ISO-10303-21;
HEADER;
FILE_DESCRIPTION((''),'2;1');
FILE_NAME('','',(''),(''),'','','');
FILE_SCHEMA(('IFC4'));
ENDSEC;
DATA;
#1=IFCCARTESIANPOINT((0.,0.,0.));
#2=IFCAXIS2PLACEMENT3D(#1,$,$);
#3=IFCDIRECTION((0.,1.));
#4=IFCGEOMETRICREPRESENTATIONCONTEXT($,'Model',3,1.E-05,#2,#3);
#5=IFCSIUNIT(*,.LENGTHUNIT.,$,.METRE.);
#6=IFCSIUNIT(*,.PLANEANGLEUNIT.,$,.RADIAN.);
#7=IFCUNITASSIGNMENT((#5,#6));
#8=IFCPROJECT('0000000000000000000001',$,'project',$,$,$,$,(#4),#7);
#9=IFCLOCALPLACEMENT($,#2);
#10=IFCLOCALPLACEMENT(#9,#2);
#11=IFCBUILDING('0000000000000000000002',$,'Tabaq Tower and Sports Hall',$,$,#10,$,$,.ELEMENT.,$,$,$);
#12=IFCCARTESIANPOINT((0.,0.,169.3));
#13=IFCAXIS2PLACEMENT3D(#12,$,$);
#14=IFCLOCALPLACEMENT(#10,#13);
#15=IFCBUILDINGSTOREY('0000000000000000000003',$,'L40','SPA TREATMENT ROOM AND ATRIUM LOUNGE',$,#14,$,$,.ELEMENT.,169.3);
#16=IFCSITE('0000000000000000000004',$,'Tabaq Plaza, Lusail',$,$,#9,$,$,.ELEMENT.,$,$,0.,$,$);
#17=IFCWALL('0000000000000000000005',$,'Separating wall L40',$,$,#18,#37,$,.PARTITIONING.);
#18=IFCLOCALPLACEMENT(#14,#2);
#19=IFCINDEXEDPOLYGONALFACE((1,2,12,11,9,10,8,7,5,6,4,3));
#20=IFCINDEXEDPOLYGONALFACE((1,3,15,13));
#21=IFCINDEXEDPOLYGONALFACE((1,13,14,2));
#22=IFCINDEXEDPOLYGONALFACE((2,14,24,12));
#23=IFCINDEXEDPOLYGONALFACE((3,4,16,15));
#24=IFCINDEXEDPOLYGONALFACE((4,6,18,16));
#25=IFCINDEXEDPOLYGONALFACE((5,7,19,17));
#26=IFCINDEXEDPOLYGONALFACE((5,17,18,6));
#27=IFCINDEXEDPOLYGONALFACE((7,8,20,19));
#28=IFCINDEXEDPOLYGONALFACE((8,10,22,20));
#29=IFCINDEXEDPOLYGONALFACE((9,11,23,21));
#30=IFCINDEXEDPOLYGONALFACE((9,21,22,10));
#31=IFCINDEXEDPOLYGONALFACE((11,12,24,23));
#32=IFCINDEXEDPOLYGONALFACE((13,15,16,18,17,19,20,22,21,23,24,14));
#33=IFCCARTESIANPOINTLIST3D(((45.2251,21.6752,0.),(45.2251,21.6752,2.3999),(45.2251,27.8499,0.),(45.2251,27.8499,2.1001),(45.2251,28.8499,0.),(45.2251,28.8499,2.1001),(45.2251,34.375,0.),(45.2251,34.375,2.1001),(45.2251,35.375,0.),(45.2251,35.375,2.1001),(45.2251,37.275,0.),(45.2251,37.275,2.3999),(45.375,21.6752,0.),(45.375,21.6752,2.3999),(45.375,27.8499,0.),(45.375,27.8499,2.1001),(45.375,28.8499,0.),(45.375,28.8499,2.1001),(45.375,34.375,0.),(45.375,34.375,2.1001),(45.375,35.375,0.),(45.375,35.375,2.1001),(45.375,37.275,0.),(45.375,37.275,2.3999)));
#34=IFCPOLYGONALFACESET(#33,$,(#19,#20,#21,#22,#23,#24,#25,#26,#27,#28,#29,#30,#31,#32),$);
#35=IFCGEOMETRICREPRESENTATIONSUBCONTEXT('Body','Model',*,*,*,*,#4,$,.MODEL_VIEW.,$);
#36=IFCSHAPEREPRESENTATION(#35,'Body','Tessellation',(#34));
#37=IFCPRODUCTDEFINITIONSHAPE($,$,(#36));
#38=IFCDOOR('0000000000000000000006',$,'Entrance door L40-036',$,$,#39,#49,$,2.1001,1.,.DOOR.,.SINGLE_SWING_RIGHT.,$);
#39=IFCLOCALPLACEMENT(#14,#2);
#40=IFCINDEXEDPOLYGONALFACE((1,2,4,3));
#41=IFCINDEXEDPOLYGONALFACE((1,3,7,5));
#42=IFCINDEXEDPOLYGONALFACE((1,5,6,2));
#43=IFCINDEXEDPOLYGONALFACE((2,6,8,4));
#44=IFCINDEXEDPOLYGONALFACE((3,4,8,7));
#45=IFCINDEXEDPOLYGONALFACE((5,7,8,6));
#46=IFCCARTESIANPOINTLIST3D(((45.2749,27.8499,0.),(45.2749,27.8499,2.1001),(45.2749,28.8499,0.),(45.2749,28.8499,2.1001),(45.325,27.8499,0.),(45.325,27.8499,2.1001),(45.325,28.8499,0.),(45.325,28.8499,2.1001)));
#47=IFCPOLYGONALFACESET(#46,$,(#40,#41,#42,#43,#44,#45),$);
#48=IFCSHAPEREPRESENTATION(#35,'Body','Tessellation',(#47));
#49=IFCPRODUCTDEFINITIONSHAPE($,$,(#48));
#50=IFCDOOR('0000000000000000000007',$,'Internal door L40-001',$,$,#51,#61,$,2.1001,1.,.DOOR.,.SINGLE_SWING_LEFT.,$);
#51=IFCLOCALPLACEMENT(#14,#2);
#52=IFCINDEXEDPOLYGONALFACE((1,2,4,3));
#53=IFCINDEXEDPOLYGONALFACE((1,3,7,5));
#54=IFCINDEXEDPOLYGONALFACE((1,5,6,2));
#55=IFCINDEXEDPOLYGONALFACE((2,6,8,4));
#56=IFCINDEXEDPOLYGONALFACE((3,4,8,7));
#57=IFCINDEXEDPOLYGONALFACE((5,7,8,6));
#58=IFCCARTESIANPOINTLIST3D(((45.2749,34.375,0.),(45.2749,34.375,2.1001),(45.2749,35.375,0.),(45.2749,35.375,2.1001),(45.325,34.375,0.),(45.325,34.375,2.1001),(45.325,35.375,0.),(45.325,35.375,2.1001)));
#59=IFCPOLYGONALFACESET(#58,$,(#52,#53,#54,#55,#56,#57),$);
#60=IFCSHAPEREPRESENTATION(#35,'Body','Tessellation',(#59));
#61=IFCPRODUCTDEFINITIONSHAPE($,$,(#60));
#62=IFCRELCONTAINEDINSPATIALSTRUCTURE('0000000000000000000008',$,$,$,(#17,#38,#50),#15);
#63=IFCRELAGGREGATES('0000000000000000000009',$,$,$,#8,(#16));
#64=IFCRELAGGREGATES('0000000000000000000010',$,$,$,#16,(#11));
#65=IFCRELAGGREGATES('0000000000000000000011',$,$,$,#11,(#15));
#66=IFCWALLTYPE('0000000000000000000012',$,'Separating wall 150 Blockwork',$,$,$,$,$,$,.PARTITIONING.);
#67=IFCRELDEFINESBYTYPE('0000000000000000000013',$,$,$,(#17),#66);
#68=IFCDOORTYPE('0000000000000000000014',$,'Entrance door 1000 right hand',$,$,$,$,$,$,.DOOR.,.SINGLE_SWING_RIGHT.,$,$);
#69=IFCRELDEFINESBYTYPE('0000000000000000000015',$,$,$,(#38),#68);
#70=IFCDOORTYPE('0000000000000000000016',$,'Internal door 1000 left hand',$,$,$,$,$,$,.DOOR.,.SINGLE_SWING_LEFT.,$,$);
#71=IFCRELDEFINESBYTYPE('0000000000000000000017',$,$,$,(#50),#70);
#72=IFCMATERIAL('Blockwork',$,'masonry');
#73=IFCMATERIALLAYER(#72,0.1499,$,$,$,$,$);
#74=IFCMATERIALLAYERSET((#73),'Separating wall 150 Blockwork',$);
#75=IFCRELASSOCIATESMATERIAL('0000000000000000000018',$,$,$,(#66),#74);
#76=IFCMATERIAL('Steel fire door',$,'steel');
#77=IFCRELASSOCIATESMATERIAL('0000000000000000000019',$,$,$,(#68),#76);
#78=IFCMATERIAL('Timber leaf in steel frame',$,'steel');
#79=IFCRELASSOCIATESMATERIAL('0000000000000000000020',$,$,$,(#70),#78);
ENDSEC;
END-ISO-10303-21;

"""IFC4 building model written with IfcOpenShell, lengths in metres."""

from ifc_helpers import new_model, si_unit, direction, frame, frame_2d, origin, place, context, subcontext, project, spatial, rectangle, extrude, material, layer, layer_set, type_object, element, fill, save


model = new_model("IFC4")

# Units and contexts
model_context = context("Model", 3, precision=1e-05, world=origin(), true_north=direction((0.0, 1.0)))
body_context = subcontext(model_context, "Body", "Model", "MODEL_VIEW")
ifc_project = project(units=[si_unit("LENGTHUNIT", "METRE"), si_unit("PLANEANGLEUNIT", "RADIAN")], contexts=[model_context])

# Site, building, storey
site_placement = place(None, origin())
site = spatial("IfcSite", under=ifc_project, at=site_placement, Name="Tabaq Plaza, Lusail", CompositionType="ELEMENT", RefElevation=0.0)
building_placement = place(site_placement, origin())
building = spatial("IfcBuilding", under=site, at=building_placement, Name="Tabaq Tower and Sports Hall", CompositionType="ELEMENT")
storey_placement = place(building_placement, frame((0.0, 0.0, 169.3)))
storey = spatial("IfcBuildingStorey", under=building, at=storey_placement, Name="L40", Description="SPA TREATMENT ROOM AND ATRIUM LOUNGE", CompositionType="ELEMENT", Elevation=169.3)

# Wall, openings, doors
ifc_material_1 = material(Name="Blockwork", Category="masonry")
ifc_layer_1 = layer(ifc_material_1, 0.1499)
ifc_layer_set_1 = layer_set([ifc_layer_1], Name="Separating wall 150 Blockwork")
wall_type_1 = type_object("IfcWallType", Name="Separating wall 150 Blockwork", PredefinedType="PARTITIONING", material=ifc_layer_set_1)
wall_1_placement = place(storey_placement, frame((45.3, 37.2749, 0.0), z_axis=(0.0, 0.0, 1.0), x_axis=(0.0, -1.0, 0.0)))
wall_1 = element("IfcWall", 1, at=wall_1_placement, inside=storey, type_object=wall_type_1, Name="Separating wall L40", PredefinedType="PARTITIONING", context=body_context, shape_type="SweptSolid", body=[
    extrude(rectangle(XDim=15.5999, YDim=0.1499, at=frame_2d((7.7998, 0.0))), origin(), (0.0, 0.0, 1.0), 2.3999),
])
opening_1_placement = place(wall_1_placement, frame((1.8999, 0.0, 0.0)))
opening_1 = element("IfcOpeningElement", 2, at=opening_1_placement, cuts=wall_1, PredefinedType="OPENING", context=body_context, shape_type="SweptSolid", body=[
    extrude(rectangle(XDim=1.0, YDim=2.1001, at=frame_2d((0.5, 1.05))), frame((0.0, 0.075, 0.0), z_axis=(0.0, -1.0, 0.0), x_axis=(1.0, 0.0, 0.0)), (0.0, 0.0, 1.0), 0.1499),
])
opening_2_placement = place(wall_1_placement, frame((8.425, 0.0, 0.0)))
opening_2 = element("IfcOpeningElement", 3, at=opening_2_placement, cuts=wall_1, PredefinedType="OPENING", context=body_context, shape_type="SweptSolid", body=[
    extrude(rectangle(XDim=1.0, YDim=2.1001, at=frame_2d((0.5, 1.05))), frame((0.0, 0.075, 0.0), z_axis=(0.0, -1.0, 0.0), x_axis=(1.0, 0.0, 0.0)), (0.0, 0.0, 1.0), 0.1499),
])
ifc_material_2 = material(Name="Steel fire door", Category="steel")
door_type_1 = type_object("IfcDoorType", Name="Entrance door 1000 right hand", OperationType="SINGLE_SWING_RIGHT", PredefinedType="DOOR", material=ifc_material_2)
door_1_placement = place(opening_2_placement, origin())
door_1 = element("IfcDoor", 4, at=door_1_placement, inside=storey, type_object=door_type_1, Name="Entrance door L40-036", OperationType="SINGLE_SWING_RIGHT", OverallHeight=2.1001, OverallWidth=1.0, PredefinedType="DOOR", context=body_context, shape_type="SweptSolid", body=[
    extrude(rectangle(XDim=1.0, YDim=2.1001, at=frame_2d((0.5, 1.05))), frame((0.0, 0.0249, 0.0), z_axis=(0.0, -1.0, 0.0), x_axis=(1.0, 0.0, 0.0)), (0.0, 0.0, 1.0), 0.05),
])
fill(opening_2, door_1)
ifc_material_3 = material(Name="Timber leaf in steel frame", Category="steel")
door_type_2 = type_object("IfcDoorType", Name="Internal door 1000 left hand", OperationType="SINGLE_SWING_LEFT", PredefinedType="DOOR", material=ifc_material_3)
door_2_placement = place(opening_1_placement, origin())
door_2 = element("IfcDoor", 5, at=door_2_placement, inside=storey, type_object=door_type_2, Name="Internal door L40-001", OperationType="SINGLE_SWING_LEFT", OverallHeight=2.1001, OverallWidth=1.0, PredefinedType="DOOR", context=body_context, shape_type="SweptSolid", body=[
    extrude(rectangle(XDim=1.0, YDim=2.1001, at=frame_2d((0.5, 1.05))), frame((0.0, 0.0249, 0.0), z_axis=(0.0, -1.0, 0.0), x_axis=(1.0, 0.0, 0.0)), (0.0, 0.0, 1.0), 0.05),
])
fill(opening_1, door_2)

save(model, "model.ifc")
